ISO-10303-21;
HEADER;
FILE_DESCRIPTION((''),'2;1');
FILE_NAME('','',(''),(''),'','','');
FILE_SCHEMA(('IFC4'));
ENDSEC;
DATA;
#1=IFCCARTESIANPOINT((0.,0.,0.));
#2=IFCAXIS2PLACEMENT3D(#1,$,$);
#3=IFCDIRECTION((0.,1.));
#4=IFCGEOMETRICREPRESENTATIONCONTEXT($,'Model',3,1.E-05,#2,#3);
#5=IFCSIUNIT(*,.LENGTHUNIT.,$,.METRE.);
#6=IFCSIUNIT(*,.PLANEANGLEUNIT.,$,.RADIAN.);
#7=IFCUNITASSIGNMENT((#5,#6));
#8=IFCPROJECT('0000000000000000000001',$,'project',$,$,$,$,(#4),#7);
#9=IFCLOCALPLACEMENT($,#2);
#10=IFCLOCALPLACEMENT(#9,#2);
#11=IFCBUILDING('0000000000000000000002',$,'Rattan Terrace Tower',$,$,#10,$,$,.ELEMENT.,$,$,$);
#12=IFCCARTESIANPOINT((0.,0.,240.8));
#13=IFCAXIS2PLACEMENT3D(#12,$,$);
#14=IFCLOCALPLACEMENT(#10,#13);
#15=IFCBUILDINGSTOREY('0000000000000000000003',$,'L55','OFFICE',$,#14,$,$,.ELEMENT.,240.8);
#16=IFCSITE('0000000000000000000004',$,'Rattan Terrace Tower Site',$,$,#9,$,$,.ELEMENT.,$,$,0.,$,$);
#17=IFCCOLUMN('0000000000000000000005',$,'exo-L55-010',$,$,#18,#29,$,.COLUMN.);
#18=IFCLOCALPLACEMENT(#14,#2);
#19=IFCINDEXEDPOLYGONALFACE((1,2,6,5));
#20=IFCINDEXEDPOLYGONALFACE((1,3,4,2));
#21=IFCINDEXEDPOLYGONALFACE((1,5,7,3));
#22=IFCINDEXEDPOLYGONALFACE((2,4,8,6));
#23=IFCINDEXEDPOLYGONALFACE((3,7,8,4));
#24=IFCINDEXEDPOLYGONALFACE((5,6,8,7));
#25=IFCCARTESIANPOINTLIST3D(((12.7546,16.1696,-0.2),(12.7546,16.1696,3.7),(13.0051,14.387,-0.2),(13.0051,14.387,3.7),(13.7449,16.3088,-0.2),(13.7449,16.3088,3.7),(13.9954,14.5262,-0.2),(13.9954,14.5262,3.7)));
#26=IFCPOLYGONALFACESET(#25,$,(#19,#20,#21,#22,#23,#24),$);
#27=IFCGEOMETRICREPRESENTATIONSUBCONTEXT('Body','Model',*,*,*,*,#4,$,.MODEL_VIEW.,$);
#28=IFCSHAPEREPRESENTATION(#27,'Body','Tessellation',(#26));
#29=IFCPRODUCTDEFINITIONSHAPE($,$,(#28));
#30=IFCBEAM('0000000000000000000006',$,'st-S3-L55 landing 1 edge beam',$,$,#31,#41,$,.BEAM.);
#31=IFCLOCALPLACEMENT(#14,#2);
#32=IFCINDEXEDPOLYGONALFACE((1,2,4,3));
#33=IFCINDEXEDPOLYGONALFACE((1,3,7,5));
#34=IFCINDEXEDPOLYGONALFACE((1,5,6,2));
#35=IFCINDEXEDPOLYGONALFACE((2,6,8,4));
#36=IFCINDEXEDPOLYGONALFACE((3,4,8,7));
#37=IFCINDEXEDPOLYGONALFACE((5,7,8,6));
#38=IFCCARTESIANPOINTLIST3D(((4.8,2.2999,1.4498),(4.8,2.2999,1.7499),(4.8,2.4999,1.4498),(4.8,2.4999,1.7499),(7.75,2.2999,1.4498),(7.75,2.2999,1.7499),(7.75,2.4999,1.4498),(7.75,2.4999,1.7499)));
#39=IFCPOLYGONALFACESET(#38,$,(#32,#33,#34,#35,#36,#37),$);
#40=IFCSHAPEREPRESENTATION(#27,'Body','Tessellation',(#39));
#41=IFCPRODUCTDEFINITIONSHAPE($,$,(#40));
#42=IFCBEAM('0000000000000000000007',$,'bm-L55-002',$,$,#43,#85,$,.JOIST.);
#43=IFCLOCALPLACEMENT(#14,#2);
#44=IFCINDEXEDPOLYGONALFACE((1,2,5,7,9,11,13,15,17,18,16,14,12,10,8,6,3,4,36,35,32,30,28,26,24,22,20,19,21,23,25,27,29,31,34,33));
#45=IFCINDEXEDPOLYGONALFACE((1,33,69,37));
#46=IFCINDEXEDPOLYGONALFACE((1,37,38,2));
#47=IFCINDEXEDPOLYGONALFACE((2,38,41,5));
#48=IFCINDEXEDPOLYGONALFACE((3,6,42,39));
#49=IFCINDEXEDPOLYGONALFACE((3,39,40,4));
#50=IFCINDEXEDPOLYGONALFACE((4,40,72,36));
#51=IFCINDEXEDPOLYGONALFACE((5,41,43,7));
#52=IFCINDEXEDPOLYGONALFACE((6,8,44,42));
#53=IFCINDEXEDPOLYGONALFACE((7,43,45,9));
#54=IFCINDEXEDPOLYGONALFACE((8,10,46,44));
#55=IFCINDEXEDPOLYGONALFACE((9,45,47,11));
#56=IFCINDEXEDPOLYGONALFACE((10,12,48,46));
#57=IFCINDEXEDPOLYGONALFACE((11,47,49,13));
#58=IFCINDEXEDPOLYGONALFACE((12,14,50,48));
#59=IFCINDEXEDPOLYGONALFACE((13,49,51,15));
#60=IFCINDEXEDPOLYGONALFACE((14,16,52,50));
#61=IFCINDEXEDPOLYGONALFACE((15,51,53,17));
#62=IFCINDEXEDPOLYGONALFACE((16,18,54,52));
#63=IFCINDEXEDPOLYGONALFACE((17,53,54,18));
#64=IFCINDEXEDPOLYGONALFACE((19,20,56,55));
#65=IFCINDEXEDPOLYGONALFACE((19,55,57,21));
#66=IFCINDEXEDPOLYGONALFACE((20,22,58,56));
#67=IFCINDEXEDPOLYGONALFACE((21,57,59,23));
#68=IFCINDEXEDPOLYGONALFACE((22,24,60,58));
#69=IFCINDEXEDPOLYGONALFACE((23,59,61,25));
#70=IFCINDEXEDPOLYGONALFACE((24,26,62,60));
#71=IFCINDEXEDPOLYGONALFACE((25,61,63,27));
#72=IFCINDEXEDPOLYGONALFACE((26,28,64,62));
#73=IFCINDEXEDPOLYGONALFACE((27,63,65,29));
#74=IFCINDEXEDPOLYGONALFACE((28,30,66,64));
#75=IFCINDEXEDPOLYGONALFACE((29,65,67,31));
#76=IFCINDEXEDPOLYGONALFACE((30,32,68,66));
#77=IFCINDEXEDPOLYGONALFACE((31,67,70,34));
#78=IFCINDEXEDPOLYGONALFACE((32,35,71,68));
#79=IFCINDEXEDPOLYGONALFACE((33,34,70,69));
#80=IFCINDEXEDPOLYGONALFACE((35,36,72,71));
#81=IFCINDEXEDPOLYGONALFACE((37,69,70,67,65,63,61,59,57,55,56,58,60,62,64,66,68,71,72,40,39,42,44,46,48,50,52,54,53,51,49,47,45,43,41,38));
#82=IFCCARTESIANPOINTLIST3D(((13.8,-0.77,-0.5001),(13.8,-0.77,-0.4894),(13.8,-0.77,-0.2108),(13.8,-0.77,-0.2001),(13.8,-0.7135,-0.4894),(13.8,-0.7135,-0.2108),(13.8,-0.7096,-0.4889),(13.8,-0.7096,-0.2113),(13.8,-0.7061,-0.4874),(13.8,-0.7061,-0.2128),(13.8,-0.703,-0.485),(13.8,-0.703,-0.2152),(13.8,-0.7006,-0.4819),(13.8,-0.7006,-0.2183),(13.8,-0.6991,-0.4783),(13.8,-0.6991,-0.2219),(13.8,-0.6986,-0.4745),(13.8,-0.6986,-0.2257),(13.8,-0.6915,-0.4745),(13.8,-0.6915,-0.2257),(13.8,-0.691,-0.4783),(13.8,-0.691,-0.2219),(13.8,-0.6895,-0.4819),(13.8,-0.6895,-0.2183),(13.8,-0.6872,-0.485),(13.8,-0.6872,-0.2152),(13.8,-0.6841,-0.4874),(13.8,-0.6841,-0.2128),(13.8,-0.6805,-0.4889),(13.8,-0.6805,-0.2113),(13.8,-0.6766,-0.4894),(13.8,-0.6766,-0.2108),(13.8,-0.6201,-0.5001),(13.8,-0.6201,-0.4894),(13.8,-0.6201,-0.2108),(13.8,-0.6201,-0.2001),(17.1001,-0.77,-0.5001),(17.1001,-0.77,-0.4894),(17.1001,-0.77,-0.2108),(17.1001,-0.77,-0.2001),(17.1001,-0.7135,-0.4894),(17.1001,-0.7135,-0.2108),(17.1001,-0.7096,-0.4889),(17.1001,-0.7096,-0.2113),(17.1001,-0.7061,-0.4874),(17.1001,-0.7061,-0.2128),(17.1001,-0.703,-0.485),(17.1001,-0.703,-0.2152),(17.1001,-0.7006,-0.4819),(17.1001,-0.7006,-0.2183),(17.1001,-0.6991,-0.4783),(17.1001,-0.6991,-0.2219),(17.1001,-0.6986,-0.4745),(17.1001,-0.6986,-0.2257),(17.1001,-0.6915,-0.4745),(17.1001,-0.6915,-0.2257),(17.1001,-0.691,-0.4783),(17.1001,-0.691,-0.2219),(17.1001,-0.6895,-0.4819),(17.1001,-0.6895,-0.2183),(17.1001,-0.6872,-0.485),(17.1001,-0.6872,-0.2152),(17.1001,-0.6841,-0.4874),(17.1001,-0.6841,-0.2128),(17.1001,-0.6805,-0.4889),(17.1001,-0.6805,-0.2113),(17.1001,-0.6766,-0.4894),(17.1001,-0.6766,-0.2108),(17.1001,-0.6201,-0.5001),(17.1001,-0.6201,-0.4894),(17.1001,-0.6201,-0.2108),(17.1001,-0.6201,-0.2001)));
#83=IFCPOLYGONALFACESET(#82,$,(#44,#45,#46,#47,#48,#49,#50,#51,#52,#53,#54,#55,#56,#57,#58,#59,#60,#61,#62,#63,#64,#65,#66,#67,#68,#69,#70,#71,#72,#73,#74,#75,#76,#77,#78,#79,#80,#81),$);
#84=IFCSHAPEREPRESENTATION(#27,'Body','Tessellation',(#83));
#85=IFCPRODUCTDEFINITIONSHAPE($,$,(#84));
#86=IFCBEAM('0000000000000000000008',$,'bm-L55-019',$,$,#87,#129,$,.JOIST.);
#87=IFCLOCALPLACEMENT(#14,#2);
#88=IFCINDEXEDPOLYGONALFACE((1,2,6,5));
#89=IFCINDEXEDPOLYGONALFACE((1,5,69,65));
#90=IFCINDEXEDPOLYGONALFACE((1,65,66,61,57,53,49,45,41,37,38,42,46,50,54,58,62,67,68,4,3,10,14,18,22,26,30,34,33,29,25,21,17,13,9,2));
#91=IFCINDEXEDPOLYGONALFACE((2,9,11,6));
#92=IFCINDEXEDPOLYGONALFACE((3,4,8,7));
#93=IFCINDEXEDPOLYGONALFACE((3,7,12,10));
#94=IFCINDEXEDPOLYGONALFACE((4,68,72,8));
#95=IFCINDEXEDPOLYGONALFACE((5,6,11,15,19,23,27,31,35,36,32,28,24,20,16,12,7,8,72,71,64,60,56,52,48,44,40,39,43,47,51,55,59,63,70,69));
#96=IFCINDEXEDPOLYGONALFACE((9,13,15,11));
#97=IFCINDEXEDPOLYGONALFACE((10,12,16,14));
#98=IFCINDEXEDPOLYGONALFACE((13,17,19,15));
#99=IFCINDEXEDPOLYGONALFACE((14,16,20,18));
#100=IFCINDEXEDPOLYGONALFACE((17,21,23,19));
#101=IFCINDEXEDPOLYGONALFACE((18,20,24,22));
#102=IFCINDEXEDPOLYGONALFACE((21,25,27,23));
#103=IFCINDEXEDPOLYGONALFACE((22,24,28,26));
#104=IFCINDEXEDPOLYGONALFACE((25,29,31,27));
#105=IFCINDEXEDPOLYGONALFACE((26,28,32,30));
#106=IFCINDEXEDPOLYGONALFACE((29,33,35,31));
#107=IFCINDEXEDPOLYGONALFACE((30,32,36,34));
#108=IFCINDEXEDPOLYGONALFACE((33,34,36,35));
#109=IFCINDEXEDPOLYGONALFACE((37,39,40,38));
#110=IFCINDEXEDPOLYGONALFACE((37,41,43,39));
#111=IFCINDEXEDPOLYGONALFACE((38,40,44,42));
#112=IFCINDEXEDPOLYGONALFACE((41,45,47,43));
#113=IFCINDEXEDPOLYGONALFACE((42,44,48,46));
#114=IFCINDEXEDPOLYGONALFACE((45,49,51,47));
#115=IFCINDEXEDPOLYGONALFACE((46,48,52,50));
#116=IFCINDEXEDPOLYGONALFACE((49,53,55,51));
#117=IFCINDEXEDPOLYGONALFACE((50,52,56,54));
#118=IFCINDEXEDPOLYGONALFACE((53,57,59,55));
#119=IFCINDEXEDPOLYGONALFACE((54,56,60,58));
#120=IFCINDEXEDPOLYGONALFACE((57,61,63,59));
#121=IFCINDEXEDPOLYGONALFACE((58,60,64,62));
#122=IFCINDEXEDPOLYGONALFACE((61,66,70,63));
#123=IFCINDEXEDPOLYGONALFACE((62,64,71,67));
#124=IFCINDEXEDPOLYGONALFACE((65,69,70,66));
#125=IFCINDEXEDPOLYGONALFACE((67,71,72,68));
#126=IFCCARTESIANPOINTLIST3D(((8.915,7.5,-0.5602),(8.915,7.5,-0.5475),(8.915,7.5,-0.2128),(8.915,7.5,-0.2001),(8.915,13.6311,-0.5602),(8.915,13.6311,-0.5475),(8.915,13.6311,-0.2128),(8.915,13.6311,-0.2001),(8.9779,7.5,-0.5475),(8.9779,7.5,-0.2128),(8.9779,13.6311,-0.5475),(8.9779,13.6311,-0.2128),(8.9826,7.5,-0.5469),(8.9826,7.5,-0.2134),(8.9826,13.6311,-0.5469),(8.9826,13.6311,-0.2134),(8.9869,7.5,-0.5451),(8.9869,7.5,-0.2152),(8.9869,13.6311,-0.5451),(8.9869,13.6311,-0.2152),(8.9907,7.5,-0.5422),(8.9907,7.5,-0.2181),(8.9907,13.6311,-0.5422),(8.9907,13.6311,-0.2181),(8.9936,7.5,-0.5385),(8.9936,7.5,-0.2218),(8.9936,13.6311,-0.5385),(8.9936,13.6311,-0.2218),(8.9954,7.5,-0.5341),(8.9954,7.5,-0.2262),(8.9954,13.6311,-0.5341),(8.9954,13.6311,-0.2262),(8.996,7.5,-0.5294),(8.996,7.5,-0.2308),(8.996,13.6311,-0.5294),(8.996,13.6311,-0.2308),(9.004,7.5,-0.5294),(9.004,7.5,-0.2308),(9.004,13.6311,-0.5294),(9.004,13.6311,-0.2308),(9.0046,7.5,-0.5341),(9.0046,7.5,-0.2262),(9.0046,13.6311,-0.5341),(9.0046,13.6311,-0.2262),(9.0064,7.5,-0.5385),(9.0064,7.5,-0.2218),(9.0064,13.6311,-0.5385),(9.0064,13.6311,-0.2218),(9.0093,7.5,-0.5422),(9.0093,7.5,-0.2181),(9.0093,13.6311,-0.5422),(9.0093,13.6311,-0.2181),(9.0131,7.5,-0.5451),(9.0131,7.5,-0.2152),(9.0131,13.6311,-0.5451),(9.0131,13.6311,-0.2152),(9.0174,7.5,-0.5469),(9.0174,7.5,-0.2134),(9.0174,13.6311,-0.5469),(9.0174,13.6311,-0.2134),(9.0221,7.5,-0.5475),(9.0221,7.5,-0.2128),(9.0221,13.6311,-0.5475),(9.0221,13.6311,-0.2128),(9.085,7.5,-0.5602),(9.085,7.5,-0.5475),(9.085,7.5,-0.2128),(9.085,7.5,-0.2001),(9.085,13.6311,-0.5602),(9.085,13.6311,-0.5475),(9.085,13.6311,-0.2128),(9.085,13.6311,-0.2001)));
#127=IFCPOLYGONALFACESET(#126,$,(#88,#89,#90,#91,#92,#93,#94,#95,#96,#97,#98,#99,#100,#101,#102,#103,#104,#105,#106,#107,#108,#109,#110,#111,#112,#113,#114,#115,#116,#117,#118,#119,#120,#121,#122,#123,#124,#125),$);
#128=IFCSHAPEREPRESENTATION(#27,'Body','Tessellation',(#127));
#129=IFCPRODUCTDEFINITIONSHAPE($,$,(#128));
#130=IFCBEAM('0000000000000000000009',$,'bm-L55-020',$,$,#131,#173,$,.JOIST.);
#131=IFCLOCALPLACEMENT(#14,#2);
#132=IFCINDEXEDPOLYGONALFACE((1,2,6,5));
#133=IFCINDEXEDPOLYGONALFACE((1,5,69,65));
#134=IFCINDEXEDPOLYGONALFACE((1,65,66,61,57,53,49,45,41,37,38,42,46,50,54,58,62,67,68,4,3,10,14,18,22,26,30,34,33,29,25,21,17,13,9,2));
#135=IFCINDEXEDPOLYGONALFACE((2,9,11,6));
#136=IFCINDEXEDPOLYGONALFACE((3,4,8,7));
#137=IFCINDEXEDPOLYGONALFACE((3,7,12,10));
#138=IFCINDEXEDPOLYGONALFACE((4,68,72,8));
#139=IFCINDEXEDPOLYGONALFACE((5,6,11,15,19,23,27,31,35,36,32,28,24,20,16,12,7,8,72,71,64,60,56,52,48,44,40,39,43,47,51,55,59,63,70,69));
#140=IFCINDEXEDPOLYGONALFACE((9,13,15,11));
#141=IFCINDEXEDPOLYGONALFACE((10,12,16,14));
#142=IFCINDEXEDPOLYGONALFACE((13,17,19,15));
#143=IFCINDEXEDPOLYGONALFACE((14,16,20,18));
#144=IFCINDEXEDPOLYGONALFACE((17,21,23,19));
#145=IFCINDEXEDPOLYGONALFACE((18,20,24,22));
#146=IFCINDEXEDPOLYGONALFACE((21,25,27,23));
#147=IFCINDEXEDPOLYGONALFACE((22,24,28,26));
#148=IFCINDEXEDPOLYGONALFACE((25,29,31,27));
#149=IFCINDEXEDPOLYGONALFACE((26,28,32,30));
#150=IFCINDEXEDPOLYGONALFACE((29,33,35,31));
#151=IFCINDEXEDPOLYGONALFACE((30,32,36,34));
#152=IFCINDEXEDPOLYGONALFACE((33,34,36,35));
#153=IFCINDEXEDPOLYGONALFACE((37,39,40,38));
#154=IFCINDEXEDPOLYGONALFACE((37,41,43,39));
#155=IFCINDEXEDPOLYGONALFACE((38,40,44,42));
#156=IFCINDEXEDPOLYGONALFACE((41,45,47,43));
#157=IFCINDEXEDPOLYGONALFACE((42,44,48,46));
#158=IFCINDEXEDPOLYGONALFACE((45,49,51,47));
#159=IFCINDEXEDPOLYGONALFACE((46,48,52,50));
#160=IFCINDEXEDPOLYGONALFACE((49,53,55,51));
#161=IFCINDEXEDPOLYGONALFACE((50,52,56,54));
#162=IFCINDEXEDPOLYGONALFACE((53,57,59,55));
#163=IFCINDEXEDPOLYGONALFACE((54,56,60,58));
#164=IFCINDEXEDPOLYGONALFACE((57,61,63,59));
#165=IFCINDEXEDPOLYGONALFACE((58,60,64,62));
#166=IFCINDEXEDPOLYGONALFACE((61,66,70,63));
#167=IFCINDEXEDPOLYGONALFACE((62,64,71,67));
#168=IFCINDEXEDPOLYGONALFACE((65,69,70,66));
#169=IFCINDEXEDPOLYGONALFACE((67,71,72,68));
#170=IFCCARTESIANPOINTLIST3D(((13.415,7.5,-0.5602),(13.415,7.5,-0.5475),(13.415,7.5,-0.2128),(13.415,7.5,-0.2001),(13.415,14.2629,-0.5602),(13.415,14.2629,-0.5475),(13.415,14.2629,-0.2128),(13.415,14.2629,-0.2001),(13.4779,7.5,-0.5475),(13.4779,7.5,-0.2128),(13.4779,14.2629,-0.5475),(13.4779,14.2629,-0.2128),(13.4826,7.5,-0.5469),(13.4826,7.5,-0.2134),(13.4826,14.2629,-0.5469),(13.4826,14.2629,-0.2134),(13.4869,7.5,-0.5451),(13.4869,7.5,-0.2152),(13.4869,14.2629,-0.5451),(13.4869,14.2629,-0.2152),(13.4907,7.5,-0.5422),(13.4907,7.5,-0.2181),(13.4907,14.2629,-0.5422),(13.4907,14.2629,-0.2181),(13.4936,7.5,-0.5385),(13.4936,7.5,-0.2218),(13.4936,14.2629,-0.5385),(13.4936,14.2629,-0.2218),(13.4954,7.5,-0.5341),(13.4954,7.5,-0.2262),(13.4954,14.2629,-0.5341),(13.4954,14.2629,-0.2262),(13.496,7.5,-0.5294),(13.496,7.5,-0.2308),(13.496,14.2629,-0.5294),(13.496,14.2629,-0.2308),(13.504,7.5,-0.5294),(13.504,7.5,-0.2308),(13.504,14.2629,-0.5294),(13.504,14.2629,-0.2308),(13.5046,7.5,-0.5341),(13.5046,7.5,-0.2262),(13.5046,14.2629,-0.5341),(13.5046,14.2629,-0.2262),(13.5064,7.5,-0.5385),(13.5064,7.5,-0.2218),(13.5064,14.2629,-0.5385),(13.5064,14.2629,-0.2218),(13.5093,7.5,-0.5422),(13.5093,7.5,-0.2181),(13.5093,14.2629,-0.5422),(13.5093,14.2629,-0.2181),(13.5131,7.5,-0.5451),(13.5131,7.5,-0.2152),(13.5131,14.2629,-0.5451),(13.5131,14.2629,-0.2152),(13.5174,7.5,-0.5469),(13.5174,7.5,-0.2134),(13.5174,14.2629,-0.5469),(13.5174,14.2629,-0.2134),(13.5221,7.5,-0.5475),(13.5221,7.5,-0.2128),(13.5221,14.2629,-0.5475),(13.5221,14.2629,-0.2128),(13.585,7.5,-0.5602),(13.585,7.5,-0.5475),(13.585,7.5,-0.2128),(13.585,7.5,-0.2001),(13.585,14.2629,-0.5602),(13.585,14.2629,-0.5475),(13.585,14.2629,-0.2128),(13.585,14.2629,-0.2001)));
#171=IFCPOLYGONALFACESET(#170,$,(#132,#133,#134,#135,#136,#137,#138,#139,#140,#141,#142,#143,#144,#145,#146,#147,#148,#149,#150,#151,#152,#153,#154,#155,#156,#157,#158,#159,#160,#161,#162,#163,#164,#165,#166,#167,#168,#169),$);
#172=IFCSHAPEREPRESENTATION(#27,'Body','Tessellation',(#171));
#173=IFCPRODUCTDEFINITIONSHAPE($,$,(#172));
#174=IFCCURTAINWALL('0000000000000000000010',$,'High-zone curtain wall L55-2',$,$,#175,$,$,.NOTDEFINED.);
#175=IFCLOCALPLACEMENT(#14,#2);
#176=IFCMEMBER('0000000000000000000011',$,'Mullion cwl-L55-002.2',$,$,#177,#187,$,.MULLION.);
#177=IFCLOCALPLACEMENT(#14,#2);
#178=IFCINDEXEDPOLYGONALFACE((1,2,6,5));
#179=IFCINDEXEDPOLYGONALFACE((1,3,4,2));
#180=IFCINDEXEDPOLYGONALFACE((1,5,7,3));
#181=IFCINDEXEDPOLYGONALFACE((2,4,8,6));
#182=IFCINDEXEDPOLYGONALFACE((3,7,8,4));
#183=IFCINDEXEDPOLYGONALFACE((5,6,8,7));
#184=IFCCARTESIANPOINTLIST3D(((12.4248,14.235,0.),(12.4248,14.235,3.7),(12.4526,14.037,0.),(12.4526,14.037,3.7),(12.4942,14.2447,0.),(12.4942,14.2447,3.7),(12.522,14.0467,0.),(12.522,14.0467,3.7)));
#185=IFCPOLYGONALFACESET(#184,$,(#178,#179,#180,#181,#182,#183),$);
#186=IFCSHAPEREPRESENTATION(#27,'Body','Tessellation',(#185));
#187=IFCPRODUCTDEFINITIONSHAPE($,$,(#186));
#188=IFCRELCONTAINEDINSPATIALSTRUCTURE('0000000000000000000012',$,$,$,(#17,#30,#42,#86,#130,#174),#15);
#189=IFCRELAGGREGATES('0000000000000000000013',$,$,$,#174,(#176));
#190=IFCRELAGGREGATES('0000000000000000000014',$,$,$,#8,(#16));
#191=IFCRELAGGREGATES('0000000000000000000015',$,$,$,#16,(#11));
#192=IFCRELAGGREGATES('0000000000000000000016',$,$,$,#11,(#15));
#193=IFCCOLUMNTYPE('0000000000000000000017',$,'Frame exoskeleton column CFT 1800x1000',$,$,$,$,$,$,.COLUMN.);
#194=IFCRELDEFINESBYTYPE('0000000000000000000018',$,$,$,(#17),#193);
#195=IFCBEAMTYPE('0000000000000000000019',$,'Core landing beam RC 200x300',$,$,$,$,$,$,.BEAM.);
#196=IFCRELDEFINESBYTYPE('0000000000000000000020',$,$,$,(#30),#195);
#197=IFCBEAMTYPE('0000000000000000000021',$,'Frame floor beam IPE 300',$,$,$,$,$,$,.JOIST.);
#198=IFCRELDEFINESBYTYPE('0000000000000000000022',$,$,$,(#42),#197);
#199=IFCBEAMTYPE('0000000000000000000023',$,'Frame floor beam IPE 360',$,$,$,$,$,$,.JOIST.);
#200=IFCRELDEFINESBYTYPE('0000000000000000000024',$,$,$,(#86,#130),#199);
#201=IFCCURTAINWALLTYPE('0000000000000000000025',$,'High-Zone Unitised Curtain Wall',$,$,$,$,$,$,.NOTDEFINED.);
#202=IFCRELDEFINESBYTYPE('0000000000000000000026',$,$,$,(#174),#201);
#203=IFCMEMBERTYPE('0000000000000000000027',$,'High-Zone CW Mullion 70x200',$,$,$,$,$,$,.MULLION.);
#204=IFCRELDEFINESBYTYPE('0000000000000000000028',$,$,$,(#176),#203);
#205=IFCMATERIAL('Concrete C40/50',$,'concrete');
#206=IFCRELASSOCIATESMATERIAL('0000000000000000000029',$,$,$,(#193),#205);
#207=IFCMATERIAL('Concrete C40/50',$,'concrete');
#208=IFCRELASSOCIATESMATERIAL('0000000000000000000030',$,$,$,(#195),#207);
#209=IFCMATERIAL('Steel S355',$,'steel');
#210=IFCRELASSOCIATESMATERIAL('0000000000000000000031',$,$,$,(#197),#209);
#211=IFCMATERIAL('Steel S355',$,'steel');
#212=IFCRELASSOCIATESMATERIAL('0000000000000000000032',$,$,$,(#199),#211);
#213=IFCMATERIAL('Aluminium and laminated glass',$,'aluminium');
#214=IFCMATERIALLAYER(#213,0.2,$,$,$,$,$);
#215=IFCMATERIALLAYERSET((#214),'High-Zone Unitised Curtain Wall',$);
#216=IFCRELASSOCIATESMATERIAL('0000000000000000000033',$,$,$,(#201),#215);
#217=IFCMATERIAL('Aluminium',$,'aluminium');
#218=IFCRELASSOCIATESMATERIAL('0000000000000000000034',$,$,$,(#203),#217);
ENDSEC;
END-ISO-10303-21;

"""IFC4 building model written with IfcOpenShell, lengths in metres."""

from ifc_helpers import new_model, si_unit, direction, frame, origin, origin_2d, place, context, subcontext, project, spatial, rectangle, i_section, extrude, material, layer, layer_set, material_profile, profile_set, type_object, element, aggregate, save


model = new_model("IFC4")

# Units and contexts
model_context = context("Model", 3, precision=1e-05, world=origin(), true_north=direction((0.0, 1.0)))
body_context = subcontext(model_context, "Body", "Model", "MODEL_VIEW")
ifc_project = project(units=[si_unit("LENGTHUNIT", "METRE"), si_unit("PLANEANGLEUNIT", "RADIAN")], contexts=[model_context])

# Site, building, storey
site_placement = place(None, origin())
site = spatial("IfcSite", under=ifc_project, at=site_placement, Name="Rattan Terrace Tower Site", CompositionType="ELEMENT", RefElevation=0.0)
building_placement = place(site_placement, origin())
building = spatial("IfcBuilding", under=site, at=building_placement, Name="Rattan Terrace Tower", CompositionType="ELEMENT")
storey_placement = place(building_placement, frame((0.0, 0.0, 240.8)))
storey = spatial("IfcBuildingStorey", under=building, at=storey_placement, Name="L55", Description="OFFICE", CompositionType="ELEMENT", Elevation=240.8)

# Column
ifc_material_1 = material(Name="Concrete C40/50", Category="concrete")
ifc_material_profile_1 = material_profile(ifc_material_1, rectangle(XDim=1.0, YDim=1.8, at=origin_2d()), Name="CFT 1800x1000")
ifc_profile_set_1 = profile_set([ifc_material_profile_1], Name="Concrete C40/50")
column_type = type_object("IfcColumnType", Name="Frame exoskeleton column CFT 1800x1000", PredefinedType="COLUMN", material=ifc_profile_set_1)
column_placement = place(storey_placement, frame((13.375, 15.3479, -0.2), z_axis=(0.0, 0.0, 1.0), x_axis=(0.990268, 0.139173, 0.0)))
element("IfcColumn", 1, at=column_placement, inside=storey, type_object=column_type, Name="exo-L55-010", PredefinedType="COLUMN", context=body_context, shape_type="SweptSolid", body=[
    extrude(rectangle(XDim=1.0, YDim=1.8, at=origin_2d()), origin(), (0.0, 0.0, 1.0), 3.8999),
])

# Beams
ifc_material_2 = material(Name="Concrete C40/50", Category="concrete")
ifc_material_profile_2 = material_profile(ifc_material_2, rectangle(XDim=0.2, YDim=0.3, at=origin_2d()), Name="RC 200x300")
ifc_profile_set_2 = profile_set([ifc_material_profile_2], Name="Concrete C40/50")
beam_type_1 = type_object("IfcBeamType", Name="Core landing beam RC 200x300", PredefinedType="BEAM", material=ifc_profile_set_2)
beam_1_placement = place(storey_placement, frame((4.8, 2.3999, 1.5999), z_axis=(1.0, 0.0, 0.0), x_axis=(0.0, 1.0, 0.0)))
element("IfcBeam", 2, at=beam_1_placement, inside=storey, type_object=beam_type_1, Name="st-S3-L55 landing 1 edge beam", PredefinedType="BEAM", context=body_context, shape_type="SweptSolid", body=[
    extrude(rectangle(XDim=0.2, YDim=0.3, at=origin_2d()), origin(), (0.0, 0.0, 1.0), 2.95),
])
ifc_material_3 = material(Name="Steel S355", Category="steel")
ifc_material_profile_3 = material_profile(ifc_material_3, i_section(OverallWidth=0.1499, OverallDepth=0.3, WebThickness=0.0071, FlangeThickness=0.0107, FilletRadius=0.0149, at=origin_2d()), Name="IPE 300")
ifc_profile_set_3 = profile_set([ifc_material_profile_3], Name="Steel S355")
beam_type_2 = type_object("IfcBeamType", Name="Frame floor beam IPE 300", PredefinedType="JOIST", material=ifc_profile_set_3)
beam_2_placement = place(storey_placement, frame((13.8, -0.6951, -0.3501), z_axis=(1.0, 0.0, 0.0), x_axis=(0.0, 1.0, 0.0)))
element("IfcBeam", 3, at=beam_2_placement, inside=storey, type_object=beam_type_2, Name="bm-L55-002", PredefinedType="JOIST", context=body_context, shape_type="SweptSolid", body=[
    extrude(i_section(OverallWidth=0.1499, OverallDepth=0.3, WebThickness=0.0071, FlangeThickness=0.0107, FilletRadius=0.0149, at=origin_2d()), origin(), (0.0, 0.0, 1.0), 3.3),
])
ifc_material_4 = material(Name="Steel S355", Category="steel")
ifc_material_profile_4 = material_profile(ifc_material_4, i_section(OverallWidth=0.1699, OverallDepth=0.3601, WebThickness=0.0081, FlangeThickness=0.0127, FilletRadius=0.0181, at=origin_2d()), Name="IPE 360")
ifc_profile_set_4 = profile_set([ifc_material_profile_4], Name="Steel S355")
beam_type_3 = type_object("IfcBeamType", Name="Frame floor beam IPE 360", PredefinedType="JOIST", material=ifc_profile_set_4)
beam_3_placement = place(storey_placement, frame((9.0, 7.5, -0.3801), z_axis=(0.0, 1.0, 0.0), x_axis=(-1.0, 0.0, 0.0)))
element("IfcBeam", 4, at=beam_3_placement, inside=storey, type_object=beam_type_3, Name="bm-L55-019", PredefinedType="JOIST", context=body_context, shape_type="SweptSolid", body=[
    extrude(i_section(OverallWidth=0.1699, OverallDepth=0.3601, WebThickness=0.0081, FlangeThickness=0.0127, FilletRadius=0.0181, at=origin_2d()), origin(), (0.0, 0.0, 1.0), 6.1311),
])
beam_4_placement = place(storey_placement, frame((13.5, 7.5, -0.3801), z_axis=(0.0, 1.0, 0.0), x_axis=(-1.0, 0.0, 0.0)))
element("IfcBeam", 5, at=beam_4_placement, inside=storey, type_object=beam_type_3, Name="bm-L55-020", PredefinedType="JOIST", context=body_context, shape_type="SweptSolid", body=[
    extrude(i_section(OverallWidth=0.1699, OverallDepth=0.3601, WebThickness=0.0081, FlangeThickness=0.0127, FilletRadius=0.0181, at=origin_2d()), origin(), (0.0, 0.0, 1.0), 6.7629),
])

# Curtain wall, member
ifc_material_5 = material(Name="Aluminium and laminated glass", Category="aluminium")
ifc_layer_1 = layer(ifc_material_5, 0.2)
ifc_layer_set_1 = layer_set([ifc_layer_1], Name="High-Zone Unitised Curtain Wall")
curtain_wall_type = type_object("IfcCurtainWallType", Name="High-Zone Unitised Curtain Wall", PredefinedType="NOTDEFINED", material=ifc_layer_set_1)
curtain_wall_placement = place(storey_placement, origin())
curtain_wall = element("IfcCurtainWall", 6, at=curtain_wall_placement, inside=storey, type_object=curtain_wall_type, Name="High-zone curtain wall L55-2", PredefinedType="NOTDEFINED")
ifc_material_6 = material(Name="Aluminium", Category="aluminium")
ifc_material_profile_5 = material_profile(ifc_material_6, rectangle(XDim=0.0701, YDim=0.2, at=origin_2d()), Name="Aluminium 70x200")
ifc_profile_set_5 = profile_set([ifc_material_profile_5], Name="Aluminium")
member_type_1 = type_object("IfcMemberType", Name="High-Zone CW Mullion 70x200", PredefinedType="MULLION", material=ifc_profile_set_5)
member_1_placement = place(storey_placement, frame((12.4734, 14.1409, 0.0), z_axis=(0.0, 0.0, 1.0), x_axis=(-0.990267, -0.139177, 0.0)))
member_1 = element("IfcMember", 7, at=member_1_placement, type_object=member_type_1, Name="Mullion cwl-L55-002.2", PredefinedType="MULLION", context=body_context, shape_type="SweptSolid", body=[
    extrude(rectangle(XDim=0.0701, YDim=0.2, at=origin_2d()), origin(), (0.0, 0.0, 1.0), 3.7),
])
aggregate(curtain_wall, [member_1])

save(model, "model.ifc")
